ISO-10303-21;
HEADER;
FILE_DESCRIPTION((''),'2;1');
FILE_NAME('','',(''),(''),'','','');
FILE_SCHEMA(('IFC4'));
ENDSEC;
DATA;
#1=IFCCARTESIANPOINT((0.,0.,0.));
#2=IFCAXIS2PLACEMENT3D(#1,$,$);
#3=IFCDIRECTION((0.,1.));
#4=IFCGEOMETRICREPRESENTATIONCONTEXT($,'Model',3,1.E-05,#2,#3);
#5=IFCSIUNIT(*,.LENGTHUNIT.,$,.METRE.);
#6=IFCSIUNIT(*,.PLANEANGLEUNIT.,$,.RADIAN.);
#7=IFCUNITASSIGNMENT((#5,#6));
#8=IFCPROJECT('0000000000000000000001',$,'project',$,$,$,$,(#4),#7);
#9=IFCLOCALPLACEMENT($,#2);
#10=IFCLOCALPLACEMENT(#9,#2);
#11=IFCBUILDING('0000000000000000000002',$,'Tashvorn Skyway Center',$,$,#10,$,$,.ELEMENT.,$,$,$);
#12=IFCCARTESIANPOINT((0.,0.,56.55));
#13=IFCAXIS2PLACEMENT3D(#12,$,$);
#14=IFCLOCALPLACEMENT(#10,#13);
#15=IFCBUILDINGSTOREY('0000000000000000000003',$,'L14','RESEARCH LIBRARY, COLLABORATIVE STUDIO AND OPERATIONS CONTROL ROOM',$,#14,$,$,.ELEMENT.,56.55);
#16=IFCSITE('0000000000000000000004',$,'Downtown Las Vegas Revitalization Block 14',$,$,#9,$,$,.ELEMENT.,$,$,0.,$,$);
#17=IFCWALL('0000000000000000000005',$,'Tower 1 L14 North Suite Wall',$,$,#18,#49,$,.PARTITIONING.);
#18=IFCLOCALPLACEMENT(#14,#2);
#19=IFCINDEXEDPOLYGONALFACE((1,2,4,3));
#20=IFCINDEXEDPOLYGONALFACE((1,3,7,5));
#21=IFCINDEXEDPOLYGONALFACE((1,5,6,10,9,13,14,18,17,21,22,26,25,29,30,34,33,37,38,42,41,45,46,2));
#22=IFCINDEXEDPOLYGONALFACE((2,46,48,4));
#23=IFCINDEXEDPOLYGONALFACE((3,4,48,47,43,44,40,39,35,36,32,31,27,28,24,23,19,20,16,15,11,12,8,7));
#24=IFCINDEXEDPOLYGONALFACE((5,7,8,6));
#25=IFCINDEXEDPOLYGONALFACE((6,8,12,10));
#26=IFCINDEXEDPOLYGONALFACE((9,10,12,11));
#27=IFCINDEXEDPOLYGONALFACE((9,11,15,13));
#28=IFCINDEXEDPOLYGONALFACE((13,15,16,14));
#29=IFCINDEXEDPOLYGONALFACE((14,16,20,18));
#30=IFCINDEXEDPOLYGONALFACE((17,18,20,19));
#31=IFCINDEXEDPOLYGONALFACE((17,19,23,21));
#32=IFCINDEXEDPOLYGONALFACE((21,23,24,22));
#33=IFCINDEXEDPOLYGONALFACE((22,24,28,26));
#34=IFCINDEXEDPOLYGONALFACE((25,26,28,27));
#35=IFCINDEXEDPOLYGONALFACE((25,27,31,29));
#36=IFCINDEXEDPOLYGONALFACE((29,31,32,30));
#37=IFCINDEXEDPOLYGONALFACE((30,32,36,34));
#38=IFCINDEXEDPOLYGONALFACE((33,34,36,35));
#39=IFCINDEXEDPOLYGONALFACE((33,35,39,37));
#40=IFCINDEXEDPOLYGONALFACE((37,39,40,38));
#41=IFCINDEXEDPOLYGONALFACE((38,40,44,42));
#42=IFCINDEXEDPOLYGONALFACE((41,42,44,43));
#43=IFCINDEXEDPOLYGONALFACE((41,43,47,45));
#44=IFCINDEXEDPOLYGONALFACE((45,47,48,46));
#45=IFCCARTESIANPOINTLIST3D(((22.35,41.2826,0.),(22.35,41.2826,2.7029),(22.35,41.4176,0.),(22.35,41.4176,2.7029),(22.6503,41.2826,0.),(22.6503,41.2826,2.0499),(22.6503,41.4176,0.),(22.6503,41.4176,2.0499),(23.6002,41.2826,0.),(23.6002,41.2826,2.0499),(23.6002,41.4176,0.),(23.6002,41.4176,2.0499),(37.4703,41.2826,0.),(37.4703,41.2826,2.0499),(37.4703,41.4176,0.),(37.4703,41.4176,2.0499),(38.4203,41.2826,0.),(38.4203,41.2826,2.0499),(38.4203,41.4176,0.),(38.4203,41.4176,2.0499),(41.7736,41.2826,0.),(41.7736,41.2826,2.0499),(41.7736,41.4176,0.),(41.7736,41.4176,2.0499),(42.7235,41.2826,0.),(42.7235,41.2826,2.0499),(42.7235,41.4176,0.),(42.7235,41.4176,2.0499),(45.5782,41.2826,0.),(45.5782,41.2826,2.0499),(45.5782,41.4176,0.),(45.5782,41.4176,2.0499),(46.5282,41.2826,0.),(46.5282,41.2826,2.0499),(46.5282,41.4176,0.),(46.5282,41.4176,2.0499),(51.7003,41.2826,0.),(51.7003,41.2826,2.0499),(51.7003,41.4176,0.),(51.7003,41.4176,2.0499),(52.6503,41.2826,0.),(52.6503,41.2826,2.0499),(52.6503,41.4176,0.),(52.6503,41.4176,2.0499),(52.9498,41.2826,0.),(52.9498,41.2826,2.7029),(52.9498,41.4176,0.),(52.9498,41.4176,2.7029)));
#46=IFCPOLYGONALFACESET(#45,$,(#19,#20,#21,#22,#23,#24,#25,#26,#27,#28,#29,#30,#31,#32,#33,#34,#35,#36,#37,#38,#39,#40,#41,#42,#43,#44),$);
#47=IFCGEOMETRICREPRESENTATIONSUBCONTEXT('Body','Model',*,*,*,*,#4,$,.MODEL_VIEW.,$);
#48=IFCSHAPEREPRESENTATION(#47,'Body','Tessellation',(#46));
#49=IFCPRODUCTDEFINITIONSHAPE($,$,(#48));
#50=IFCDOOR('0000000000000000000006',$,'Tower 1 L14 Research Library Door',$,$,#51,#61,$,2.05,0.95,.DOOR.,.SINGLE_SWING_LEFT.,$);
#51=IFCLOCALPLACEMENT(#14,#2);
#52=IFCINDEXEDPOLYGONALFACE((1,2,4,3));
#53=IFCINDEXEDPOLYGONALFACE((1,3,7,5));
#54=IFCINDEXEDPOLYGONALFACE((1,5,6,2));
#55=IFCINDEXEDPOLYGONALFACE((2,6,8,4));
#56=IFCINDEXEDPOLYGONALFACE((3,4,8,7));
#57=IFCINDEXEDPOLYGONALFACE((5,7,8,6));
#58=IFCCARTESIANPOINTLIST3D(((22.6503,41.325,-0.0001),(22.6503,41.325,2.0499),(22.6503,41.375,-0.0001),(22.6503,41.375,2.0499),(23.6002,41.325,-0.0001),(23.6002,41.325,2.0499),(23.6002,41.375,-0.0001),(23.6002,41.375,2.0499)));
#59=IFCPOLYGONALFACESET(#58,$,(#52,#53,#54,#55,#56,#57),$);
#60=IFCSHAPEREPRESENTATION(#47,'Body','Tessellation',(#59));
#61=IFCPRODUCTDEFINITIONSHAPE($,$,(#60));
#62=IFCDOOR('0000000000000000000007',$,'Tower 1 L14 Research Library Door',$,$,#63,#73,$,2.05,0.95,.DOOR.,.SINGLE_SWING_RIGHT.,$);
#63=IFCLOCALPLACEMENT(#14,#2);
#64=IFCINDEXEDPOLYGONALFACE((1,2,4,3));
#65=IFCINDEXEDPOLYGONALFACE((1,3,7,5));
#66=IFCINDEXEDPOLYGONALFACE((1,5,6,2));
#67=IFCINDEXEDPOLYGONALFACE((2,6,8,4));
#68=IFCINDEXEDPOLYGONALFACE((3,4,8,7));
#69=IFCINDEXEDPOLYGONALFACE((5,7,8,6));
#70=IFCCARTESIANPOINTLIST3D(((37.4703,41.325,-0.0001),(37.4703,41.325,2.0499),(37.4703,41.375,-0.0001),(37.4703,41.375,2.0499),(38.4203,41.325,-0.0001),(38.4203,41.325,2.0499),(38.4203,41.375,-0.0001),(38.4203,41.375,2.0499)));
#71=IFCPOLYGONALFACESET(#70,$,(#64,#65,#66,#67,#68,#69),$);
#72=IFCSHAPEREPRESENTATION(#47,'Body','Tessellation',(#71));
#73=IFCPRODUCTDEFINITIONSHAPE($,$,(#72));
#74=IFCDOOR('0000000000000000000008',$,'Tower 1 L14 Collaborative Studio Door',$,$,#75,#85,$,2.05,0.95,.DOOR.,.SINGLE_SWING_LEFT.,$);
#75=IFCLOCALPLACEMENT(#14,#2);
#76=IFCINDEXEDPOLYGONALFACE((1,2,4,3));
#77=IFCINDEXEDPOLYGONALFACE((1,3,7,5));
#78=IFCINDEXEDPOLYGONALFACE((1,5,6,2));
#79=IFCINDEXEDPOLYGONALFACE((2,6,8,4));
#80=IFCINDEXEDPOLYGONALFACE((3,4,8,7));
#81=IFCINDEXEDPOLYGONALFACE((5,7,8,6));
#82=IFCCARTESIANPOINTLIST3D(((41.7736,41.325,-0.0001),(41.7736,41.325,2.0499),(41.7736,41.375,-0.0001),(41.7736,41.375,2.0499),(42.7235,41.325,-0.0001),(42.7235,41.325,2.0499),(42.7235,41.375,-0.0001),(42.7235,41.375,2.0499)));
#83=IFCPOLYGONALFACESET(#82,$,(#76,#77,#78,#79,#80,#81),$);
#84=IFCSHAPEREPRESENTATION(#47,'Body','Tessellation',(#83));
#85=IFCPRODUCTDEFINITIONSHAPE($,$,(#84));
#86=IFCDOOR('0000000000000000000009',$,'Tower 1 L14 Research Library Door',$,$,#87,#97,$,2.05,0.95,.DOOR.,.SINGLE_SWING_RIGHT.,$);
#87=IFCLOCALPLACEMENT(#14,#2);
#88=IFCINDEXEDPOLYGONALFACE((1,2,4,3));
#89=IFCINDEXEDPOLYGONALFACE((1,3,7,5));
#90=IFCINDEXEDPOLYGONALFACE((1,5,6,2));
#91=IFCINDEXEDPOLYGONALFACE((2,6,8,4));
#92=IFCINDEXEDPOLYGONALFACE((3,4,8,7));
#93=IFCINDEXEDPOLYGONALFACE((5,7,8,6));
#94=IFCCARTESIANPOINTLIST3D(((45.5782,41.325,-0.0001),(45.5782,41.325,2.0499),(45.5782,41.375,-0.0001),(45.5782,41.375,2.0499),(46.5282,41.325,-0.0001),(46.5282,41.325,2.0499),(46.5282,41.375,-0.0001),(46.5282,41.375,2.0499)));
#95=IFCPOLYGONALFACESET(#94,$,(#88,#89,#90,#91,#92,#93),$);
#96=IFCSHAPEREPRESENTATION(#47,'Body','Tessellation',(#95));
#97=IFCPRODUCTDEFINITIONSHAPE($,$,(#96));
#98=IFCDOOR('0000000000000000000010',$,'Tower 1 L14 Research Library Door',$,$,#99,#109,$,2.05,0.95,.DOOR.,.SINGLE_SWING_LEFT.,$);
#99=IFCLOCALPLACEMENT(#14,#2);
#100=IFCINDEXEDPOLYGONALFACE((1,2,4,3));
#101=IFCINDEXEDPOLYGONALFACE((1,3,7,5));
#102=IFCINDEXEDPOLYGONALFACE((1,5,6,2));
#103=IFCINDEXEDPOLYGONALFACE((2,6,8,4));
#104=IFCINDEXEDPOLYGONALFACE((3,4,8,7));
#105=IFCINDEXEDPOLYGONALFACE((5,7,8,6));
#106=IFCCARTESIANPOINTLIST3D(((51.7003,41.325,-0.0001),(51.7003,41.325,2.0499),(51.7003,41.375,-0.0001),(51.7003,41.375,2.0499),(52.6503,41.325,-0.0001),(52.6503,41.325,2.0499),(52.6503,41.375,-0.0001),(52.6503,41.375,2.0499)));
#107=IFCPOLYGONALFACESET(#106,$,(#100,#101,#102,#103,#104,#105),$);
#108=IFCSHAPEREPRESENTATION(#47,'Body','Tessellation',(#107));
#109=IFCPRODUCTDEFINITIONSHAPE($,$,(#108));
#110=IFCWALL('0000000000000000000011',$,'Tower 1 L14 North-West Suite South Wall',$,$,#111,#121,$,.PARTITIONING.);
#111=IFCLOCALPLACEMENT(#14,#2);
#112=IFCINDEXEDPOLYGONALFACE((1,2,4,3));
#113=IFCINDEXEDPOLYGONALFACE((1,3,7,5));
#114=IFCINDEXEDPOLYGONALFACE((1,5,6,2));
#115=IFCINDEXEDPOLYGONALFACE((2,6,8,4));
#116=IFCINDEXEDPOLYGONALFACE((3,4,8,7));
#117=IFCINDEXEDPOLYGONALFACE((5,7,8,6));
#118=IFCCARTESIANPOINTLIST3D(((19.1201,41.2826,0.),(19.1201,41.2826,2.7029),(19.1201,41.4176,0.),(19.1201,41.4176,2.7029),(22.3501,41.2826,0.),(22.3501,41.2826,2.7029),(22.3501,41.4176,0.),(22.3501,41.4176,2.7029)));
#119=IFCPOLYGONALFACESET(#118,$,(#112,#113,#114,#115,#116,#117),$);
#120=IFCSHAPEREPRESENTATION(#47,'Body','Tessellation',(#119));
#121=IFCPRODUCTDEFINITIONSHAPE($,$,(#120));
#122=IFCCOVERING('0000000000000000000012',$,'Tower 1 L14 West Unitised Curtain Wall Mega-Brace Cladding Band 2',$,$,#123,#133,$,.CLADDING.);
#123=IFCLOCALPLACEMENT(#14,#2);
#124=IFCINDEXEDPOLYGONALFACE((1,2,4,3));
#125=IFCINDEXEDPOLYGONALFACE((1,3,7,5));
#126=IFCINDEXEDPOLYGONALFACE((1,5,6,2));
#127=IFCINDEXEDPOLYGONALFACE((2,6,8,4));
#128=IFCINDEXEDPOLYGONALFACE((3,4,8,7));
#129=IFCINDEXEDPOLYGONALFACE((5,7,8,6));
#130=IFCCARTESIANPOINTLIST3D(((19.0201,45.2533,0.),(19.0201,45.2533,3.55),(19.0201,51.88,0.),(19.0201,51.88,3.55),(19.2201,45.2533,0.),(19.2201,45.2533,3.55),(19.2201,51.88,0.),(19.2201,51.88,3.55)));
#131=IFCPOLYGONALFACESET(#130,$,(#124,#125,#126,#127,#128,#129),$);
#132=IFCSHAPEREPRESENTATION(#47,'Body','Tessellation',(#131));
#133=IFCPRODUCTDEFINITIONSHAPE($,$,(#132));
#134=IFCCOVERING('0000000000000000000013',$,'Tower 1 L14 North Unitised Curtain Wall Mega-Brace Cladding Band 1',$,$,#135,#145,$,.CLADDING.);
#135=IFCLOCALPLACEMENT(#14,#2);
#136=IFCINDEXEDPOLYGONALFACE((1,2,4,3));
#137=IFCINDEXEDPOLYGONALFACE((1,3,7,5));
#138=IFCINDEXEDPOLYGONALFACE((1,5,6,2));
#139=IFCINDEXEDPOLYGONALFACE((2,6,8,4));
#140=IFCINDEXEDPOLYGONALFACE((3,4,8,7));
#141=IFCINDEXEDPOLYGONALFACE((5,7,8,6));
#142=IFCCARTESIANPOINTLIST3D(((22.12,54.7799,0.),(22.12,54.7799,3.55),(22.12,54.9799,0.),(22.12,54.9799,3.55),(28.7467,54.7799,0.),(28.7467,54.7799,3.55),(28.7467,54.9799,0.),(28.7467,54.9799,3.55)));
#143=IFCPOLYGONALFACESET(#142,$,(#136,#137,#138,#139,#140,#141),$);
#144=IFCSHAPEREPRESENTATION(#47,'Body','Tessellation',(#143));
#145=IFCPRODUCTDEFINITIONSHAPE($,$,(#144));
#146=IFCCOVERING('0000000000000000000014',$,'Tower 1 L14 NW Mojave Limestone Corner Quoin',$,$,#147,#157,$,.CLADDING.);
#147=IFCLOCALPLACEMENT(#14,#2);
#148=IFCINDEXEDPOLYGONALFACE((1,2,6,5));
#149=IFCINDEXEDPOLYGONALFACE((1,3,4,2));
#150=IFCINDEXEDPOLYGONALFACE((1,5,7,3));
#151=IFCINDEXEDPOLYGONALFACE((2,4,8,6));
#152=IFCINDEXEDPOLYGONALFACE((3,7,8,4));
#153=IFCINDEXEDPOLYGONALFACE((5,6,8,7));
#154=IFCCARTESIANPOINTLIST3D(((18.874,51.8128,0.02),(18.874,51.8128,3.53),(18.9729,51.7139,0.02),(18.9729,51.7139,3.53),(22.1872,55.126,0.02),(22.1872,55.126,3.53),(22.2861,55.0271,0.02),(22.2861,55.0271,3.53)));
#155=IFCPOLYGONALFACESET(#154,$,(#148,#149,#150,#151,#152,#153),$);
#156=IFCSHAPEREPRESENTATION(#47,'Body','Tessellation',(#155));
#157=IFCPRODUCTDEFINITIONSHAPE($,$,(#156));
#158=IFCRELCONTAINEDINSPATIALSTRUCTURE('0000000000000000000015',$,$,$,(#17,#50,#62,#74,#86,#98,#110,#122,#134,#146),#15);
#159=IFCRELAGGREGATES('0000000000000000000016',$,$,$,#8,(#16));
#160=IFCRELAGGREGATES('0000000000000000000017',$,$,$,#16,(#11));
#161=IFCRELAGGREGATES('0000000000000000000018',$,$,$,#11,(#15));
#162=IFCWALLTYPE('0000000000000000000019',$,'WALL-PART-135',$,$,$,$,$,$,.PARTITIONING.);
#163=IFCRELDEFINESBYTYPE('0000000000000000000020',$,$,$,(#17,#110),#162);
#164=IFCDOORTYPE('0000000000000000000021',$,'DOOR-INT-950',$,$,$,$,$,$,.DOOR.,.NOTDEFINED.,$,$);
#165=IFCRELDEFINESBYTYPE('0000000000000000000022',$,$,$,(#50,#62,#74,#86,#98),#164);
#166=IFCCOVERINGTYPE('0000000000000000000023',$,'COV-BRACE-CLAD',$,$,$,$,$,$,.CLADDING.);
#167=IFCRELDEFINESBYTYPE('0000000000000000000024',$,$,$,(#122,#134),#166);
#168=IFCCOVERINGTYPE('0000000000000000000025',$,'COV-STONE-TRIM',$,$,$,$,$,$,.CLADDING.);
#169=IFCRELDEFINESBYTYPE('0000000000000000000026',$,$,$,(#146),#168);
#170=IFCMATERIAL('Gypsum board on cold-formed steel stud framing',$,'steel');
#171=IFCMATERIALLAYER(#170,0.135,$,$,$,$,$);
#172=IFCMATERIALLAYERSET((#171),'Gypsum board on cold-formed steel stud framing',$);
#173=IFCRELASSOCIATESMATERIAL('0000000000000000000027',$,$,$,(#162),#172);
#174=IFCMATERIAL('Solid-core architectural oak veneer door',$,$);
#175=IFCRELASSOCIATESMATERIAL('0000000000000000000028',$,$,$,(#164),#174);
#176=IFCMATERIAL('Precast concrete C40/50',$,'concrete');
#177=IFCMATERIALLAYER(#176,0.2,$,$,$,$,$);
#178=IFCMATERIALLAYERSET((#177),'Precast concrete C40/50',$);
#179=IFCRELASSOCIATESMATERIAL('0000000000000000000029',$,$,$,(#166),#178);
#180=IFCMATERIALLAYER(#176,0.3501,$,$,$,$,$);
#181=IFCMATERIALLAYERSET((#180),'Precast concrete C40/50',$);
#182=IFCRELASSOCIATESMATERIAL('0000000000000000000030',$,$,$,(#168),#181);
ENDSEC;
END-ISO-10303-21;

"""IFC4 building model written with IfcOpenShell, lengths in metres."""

from ifc_helpers import new_model, si_unit, direction, frame, frame_2d, origin, origin_2d, place, context, subcontext, project, spatial, rectangle, extrude, material, layer, layer_set, type_object, element, fill, save


model = new_model("IFC4")

# Units and contexts
model_context = context("Model", 3, precision=1e-05, world=origin(), true_north=direction((0.0, 1.0)))
body_context = subcontext(model_context, "Body", "Model", "MODEL_VIEW")
ifc_project = project(units=[si_unit("LENGTHUNIT", "METRE"), si_unit("PLANEANGLEUNIT", "RADIAN")], contexts=[model_context])

# Site, building, storey
site_placement = place(None, origin())
site = spatial("IfcSite", under=ifc_project, at=site_placement, Name="Downtown Las Vegas Revitalization Block 14", CompositionType="ELEMENT", RefElevation=0.0)
building_placement = place(site_placement, origin())
building = spatial("IfcBuilding", under=site, at=building_placement, Name="Tashvorn Skyway Center", CompositionType="ELEMENT")
storey_placement = place(building_placement, frame((0.0, 0.0, 56.55)))
storey = spatial("IfcBuildingStorey", under=building, at=storey_placement, Name="L14", Description="RESEARCH LIBRARY, COLLABORATIVE STUDIO AND OPERATIONS CONTROL ROOM", CompositionType="ELEMENT", Elevation=56.55)

# Shared definitions
ifc_material_1 = material(Name="Precast concrete C40/50", Category="concrete")

# Wall, openings, doors
ifc_material_2 = material(Name="Gypsum board on cold-formed steel stud framing", Category="steel")
ifc_layer_1 = layer(ifc_material_2, 0.135)
ifc_layer_set_1 = layer_set([ifc_layer_1], Name="Gypsum board on cold-formed steel stud framing")
wall_type_1 = type_object("IfcWallType", Name="WALL-PART-135", PredefinedType="PARTITIONING", material=ifc_layer_set_1)
wall_1_placement = place(storey_placement, frame((22.3501, 41.3501, 0.0), z_axis=(0.0, 0.0, 1.0), x_axis=(1.0, 0.0, 0.0)))
wall_1 = element("IfcWall", 1, at=wall_1_placement, inside=storey, type_object=wall_type_1, Name="Tower 1 L14 North Suite Wall", PredefinedType="PARTITIONING", context=body_context, shape_type="SweptSolid", body=[
    extrude(rectangle(XDim=30.5999, YDim=0.135, at=frame_2d((15.2998, 0.0))), origin(), (0.0, 0.0, 1.0), 2.7029),
])
opening_1_placement = place(wall_1_placement, frame((0.3, 0.0, 0.0)))
opening_1 = element("IfcOpeningElement", 2, at=opening_1_placement, cuts=wall_1, PredefinedType="OPENING", context=body_context, shape_type="SweptSolid", body=[
    extrude(rectangle(XDim=0.95, YDim=2.05, at=frame_2d((0.4751, 1.0249))), frame((0.0, 0.0774, 0.0), z_axis=(0.0, -1.0, 0.0), x_axis=(1.0, 0.0, 0.0)), (0.0, 0.0, 1.0), 0.155),
])
opening_2_placement = place(wall_1_placement, frame((15.1201, 0.0, 0.0)))
opening_2 = element("IfcOpeningElement", 3, at=opening_2_placement, cuts=wall_1, PredefinedType="OPENING", context=body_context, shape_type="SweptSolid", body=[
    extrude(rectangle(XDim=0.95, YDim=2.05, at=frame_2d((0.4751, 1.0249))), frame((0.0, 0.0774, 0.0), z_axis=(0.0, -1.0, 0.0), x_axis=(1.0, 0.0, 0.0)), (0.0, 0.0, 1.0), 0.155),
])
opening_3_placement = place(wall_1_placement, frame((19.4233, 0.0, 0.0)))
opening_3 = element("IfcOpeningElement", 4, at=opening_3_placement, cuts=wall_1, PredefinedType="OPENING", context=body_context, shape_type="SweptSolid", body=[
    extrude(rectangle(XDim=0.95, YDim=2.05, at=frame_2d((0.4751, 1.0249))), frame((0.0, 0.0774, 0.0), z_axis=(0.0, -1.0, 0.0), x_axis=(1.0, 0.0, 0.0)), (0.0, 0.0, 1.0), 0.155),
])
opening_4_placement = place(wall_1_placement, frame((23.228, 0.0, 0.0)))
opening_4 = element("IfcOpeningElement", 5, at=opening_4_placement, cuts=wall_1, PredefinedType="OPENING", context=body_context, shape_type="SweptSolid", body=[
    extrude(rectangle(XDim=0.95, YDim=2.05, at=frame_2d((0.4751, 1.0249))), frame((0.0, 0.0774, 0.0), z_axis=(0.0, -1.0, 0.0), x_axis=(1.0, 0.0, 0.0)), (0.0, 0.0, 1.0), 0.155),
])
opening_5_placement = place(wall_1_placement, frame((29.3501, 0.0, 0.0)))
opening_5 = element("IfcOpeningElement", 6, at=opening_5_placement, cuts=wall_1, PredefinedType="OPENING", context=body_context, shape_type="SweptSolid", body=[
    extrude(rectangle(XDim=0.95, YDim=2.05, at=frame_2d((0.4751, 1.0249))), frame((0.0, 0.0774, 0.0), z_axis=(0.0, -1.0, 0.0), x_axis=(1.0, 0.0, 0.0)), (0.0, 0.0, 1.0), 0.155),
])
ifc_material_3 = material(Name="Solid-core architectural oak veneer door")
door_type = type_object("IfcDoorType", Name="DOOR-INT-950", OperationType="NOTDEFINED", PredefinedType="DOOR", material=ifc_material_3)
door_1_placement = place(opening_1_placement, origin())
door_1 = element("IfcDoor", 7, at=door_1_placement, inside=storey, type_object=door_type, Name="Tower 1 L14 Research Library Door", OperationType="SINGLE_SWING_LEFT", OverallHeight=2.05, OverallWidth=0.95, PredefinedType="DOOR", context=body_context, shape_type="SweptSolid", body=[
    extrude(rectangle(XDim=0.95, YDim=2.05, at=frame_2d((0.4751, 1.0249))), frame((0.0, 0.0249, 0.0), z_axis=(0.0, -1.0, 0.0), x_axis=(1.0, 0.0, 0.0)), (0.0, 0.0, 1.0), 0.05),
])
fill(opening_1, door_1)
door_2_placement = place(opening_2_placement, origin())
door_2 = element("IfcDoor", 8, at=door_2_placement, inside=storey, type_object=door_type, Name="Tower 1 L14 Research Library Door", OperationType="SINGLE_SWING_RIGHT", OverallHeight=2.05, OverallWidth=0.95, PredefinedType="DOOR", context=body_context, shape_type="SweptSolid", body=[
    extrude(rectangle(XDim=0.95, YDim=2.05, at=frame_2d((0.4751, 1.0249))), frame((0.0, 0.0249, 0.0), z_axis=(0.0, -1.0, 0.0), x_axis=(1.0, 0.0, 0.0)), (0.0, 0.0, 1.0), 0.05),
])
fill(opening_2, door_2)
door_3_placement = place(opening_3_placement, origin())
door_3 = element("IfcDoor", 9, at=door_3_placement, inside=storey, type_object=door_type, Name="Tower 1 L14 Collaborative Studio Door", OperationType="SINGLE_SWING_LEFT", OverallHeight=2.05, OverallWidth=0.95, PredefinedType="DOOR", context=body_context, shape_type="SweptSolid", body=[
    extrude(rectangle(XDim=0.95, YDim=2.05, at=frame_2d((0.4751, 1.0249))), frame((0.0, 0.0249, 0.0), z_axis=(0.0, -1.0, 0.0), x_axis=(1.0, 0.0, 0.0)), (0.0, 0.0, 1.0), 0.05),
])
fill(opening_3, door_3)
door_4_placement = place(opening_4_placement, origin())
door_4 = element("IfcDoor", 10, at=door_4_placement, inside=storey, type_object=door_type, Name="Tower 1 L14 Research Library Door", OperationType="SINGLE_SWING_RIGHT", OverallHeight=2.05, OverallWidth=0.95, PredefinedType="DOOR", context=body_context, shape_type="SweptSolid", body=[
    extrude(rectangle(XDim=0.95, YDim=2.05, at=frame_2d((0.4751, 1.0249))), frame((0.0, 0.0249, 0.0), z_axis=(0.0, -1.0, 0.0), x_axis=(1.0, 0.0, 0.0)), (0.0, 0.0, 1.0), 0.05),
])
fill(opening_4, door_4)
door_5_placement = place(opening_5_placement, origin())
door_5 = element("IfcDoor", 11, at=door_5_placement, inside=storey, type_object=door_type, Name="Tower 1 L14 Research Library Door", OperationType="SINGLE_SWING_LEFT", OverallHeight=2.05, OverallWidth=0.95, PredefinedType="DOOR", context=body_context, shape_type="SweptSolid", body=[
    extrude(rectangle(XDim=0.95, YDim=2.05, at=frame_2d((0.4751, 1.0249))), frame((0.0, 0.0249, 0.0), z_axis=(0.0, -1.0, 0.0), x_axis=(1.0, 0.0, 0.0)), (0.0, 0.0, 1.0), 0.05),
])
fill(opening_5, door_5)

# Wall
wall_2_placement = place(storey_placement, frame((19.1201, 41.3501, 0.0), z_axis=(0.0, 0.0, 1.0), x_axis=(1.0, 0.0, 0.0)))
element("IfcWall", 12, at=wall_2_placement, inside=storey, type_object=wall_type_1, Name="Tower 1 L14 North-West Suite South Wall", PredefinedType="PARTITIONING", context=body_context, shape_type="SweptSolid", body=[
    extrude(rectangle(XDim=3.23, YDim=0.135, at=frame_2d((1.615, 0.0))), origin(), (0.0, 0.0, 1.0), 2.7029),
])

# Coverings
ifc_layer_2 = layer(ifc_material_1, 0.2)
ifc_layer_set_2 = layer_set([ifc_layer_2], Name="Precast concrete C40/50")
covering_type_1 = type_object("IfcCoveringType", Name="COV-BRACE-CLAD", PredefinedType="CLADDING", material=ifc_layer_set_2)
for number, where, z_axis, x_axis, name in (
    (13, (19.1201, 48.5667, 0.0), (0.0, 0.0, 1.0), (0.0, 1.0, 0.0), "Tower 1 L14 West Unitised Curtain Wall Mega-Brace Cladding Band 2"),
    (14, (25.4333, 54.8799, 0.0), (0.0, 0.0, 1.0), (1.0, 0.0, 0.0), "Tower 1 L14 North Unitised Curtain Wall Mega-Brace Cladding Band 1"),
):
    element("IfcCovering", number, at=place(storey_placement, frame(where, z_axis=z_axis, x_axis=x_axis)), inside=storey, type_object=covering_type_1, Name=name, PredefinedType="CLADDING", context=body_context, shape_type="SweptSolid", body=[
        extrude(rectangle(XDim=6.6267, YDim=0.2, at=origin_2d()), origin(), (0.0, 0.0, 1.0), 3.55),
    ])
ifc_layer_3 = layer(ifc_material_1, 0.3501)
ifc_layer_set_3 = layer_set([ifc_layer_3], Name="Precast concrete C40/50")
covering_type_2 = type_object("IfcCoveringType", Name="COV-STONE-TRIM", PredefinedType="CLADDING", material=ifc_layer_set_3)
covering_placement = place(storey_placement, frame((20.5801, 53.4199, 0.02), z_axis=(0.0, 0.0, 1.0), x_axis=(-0.707107, -0.707107, 0.0)))
element("IfcCovering", 15, at=covering_placement, inside=storey, type_object=covering_type_2, Name="Tower 1 L14 NW Mojave Limestone Corner Quoin", PredefinedType="CLADDING", context=body_context, shape_type="SweptSolid", body=[
    extrude(rectangle(XDim=4.6855, YDim=0.1399, at=origin_2d()), origin(), (0.0, 0.0, 1.0), 3.51),
])

save(model, "model.ifc")
